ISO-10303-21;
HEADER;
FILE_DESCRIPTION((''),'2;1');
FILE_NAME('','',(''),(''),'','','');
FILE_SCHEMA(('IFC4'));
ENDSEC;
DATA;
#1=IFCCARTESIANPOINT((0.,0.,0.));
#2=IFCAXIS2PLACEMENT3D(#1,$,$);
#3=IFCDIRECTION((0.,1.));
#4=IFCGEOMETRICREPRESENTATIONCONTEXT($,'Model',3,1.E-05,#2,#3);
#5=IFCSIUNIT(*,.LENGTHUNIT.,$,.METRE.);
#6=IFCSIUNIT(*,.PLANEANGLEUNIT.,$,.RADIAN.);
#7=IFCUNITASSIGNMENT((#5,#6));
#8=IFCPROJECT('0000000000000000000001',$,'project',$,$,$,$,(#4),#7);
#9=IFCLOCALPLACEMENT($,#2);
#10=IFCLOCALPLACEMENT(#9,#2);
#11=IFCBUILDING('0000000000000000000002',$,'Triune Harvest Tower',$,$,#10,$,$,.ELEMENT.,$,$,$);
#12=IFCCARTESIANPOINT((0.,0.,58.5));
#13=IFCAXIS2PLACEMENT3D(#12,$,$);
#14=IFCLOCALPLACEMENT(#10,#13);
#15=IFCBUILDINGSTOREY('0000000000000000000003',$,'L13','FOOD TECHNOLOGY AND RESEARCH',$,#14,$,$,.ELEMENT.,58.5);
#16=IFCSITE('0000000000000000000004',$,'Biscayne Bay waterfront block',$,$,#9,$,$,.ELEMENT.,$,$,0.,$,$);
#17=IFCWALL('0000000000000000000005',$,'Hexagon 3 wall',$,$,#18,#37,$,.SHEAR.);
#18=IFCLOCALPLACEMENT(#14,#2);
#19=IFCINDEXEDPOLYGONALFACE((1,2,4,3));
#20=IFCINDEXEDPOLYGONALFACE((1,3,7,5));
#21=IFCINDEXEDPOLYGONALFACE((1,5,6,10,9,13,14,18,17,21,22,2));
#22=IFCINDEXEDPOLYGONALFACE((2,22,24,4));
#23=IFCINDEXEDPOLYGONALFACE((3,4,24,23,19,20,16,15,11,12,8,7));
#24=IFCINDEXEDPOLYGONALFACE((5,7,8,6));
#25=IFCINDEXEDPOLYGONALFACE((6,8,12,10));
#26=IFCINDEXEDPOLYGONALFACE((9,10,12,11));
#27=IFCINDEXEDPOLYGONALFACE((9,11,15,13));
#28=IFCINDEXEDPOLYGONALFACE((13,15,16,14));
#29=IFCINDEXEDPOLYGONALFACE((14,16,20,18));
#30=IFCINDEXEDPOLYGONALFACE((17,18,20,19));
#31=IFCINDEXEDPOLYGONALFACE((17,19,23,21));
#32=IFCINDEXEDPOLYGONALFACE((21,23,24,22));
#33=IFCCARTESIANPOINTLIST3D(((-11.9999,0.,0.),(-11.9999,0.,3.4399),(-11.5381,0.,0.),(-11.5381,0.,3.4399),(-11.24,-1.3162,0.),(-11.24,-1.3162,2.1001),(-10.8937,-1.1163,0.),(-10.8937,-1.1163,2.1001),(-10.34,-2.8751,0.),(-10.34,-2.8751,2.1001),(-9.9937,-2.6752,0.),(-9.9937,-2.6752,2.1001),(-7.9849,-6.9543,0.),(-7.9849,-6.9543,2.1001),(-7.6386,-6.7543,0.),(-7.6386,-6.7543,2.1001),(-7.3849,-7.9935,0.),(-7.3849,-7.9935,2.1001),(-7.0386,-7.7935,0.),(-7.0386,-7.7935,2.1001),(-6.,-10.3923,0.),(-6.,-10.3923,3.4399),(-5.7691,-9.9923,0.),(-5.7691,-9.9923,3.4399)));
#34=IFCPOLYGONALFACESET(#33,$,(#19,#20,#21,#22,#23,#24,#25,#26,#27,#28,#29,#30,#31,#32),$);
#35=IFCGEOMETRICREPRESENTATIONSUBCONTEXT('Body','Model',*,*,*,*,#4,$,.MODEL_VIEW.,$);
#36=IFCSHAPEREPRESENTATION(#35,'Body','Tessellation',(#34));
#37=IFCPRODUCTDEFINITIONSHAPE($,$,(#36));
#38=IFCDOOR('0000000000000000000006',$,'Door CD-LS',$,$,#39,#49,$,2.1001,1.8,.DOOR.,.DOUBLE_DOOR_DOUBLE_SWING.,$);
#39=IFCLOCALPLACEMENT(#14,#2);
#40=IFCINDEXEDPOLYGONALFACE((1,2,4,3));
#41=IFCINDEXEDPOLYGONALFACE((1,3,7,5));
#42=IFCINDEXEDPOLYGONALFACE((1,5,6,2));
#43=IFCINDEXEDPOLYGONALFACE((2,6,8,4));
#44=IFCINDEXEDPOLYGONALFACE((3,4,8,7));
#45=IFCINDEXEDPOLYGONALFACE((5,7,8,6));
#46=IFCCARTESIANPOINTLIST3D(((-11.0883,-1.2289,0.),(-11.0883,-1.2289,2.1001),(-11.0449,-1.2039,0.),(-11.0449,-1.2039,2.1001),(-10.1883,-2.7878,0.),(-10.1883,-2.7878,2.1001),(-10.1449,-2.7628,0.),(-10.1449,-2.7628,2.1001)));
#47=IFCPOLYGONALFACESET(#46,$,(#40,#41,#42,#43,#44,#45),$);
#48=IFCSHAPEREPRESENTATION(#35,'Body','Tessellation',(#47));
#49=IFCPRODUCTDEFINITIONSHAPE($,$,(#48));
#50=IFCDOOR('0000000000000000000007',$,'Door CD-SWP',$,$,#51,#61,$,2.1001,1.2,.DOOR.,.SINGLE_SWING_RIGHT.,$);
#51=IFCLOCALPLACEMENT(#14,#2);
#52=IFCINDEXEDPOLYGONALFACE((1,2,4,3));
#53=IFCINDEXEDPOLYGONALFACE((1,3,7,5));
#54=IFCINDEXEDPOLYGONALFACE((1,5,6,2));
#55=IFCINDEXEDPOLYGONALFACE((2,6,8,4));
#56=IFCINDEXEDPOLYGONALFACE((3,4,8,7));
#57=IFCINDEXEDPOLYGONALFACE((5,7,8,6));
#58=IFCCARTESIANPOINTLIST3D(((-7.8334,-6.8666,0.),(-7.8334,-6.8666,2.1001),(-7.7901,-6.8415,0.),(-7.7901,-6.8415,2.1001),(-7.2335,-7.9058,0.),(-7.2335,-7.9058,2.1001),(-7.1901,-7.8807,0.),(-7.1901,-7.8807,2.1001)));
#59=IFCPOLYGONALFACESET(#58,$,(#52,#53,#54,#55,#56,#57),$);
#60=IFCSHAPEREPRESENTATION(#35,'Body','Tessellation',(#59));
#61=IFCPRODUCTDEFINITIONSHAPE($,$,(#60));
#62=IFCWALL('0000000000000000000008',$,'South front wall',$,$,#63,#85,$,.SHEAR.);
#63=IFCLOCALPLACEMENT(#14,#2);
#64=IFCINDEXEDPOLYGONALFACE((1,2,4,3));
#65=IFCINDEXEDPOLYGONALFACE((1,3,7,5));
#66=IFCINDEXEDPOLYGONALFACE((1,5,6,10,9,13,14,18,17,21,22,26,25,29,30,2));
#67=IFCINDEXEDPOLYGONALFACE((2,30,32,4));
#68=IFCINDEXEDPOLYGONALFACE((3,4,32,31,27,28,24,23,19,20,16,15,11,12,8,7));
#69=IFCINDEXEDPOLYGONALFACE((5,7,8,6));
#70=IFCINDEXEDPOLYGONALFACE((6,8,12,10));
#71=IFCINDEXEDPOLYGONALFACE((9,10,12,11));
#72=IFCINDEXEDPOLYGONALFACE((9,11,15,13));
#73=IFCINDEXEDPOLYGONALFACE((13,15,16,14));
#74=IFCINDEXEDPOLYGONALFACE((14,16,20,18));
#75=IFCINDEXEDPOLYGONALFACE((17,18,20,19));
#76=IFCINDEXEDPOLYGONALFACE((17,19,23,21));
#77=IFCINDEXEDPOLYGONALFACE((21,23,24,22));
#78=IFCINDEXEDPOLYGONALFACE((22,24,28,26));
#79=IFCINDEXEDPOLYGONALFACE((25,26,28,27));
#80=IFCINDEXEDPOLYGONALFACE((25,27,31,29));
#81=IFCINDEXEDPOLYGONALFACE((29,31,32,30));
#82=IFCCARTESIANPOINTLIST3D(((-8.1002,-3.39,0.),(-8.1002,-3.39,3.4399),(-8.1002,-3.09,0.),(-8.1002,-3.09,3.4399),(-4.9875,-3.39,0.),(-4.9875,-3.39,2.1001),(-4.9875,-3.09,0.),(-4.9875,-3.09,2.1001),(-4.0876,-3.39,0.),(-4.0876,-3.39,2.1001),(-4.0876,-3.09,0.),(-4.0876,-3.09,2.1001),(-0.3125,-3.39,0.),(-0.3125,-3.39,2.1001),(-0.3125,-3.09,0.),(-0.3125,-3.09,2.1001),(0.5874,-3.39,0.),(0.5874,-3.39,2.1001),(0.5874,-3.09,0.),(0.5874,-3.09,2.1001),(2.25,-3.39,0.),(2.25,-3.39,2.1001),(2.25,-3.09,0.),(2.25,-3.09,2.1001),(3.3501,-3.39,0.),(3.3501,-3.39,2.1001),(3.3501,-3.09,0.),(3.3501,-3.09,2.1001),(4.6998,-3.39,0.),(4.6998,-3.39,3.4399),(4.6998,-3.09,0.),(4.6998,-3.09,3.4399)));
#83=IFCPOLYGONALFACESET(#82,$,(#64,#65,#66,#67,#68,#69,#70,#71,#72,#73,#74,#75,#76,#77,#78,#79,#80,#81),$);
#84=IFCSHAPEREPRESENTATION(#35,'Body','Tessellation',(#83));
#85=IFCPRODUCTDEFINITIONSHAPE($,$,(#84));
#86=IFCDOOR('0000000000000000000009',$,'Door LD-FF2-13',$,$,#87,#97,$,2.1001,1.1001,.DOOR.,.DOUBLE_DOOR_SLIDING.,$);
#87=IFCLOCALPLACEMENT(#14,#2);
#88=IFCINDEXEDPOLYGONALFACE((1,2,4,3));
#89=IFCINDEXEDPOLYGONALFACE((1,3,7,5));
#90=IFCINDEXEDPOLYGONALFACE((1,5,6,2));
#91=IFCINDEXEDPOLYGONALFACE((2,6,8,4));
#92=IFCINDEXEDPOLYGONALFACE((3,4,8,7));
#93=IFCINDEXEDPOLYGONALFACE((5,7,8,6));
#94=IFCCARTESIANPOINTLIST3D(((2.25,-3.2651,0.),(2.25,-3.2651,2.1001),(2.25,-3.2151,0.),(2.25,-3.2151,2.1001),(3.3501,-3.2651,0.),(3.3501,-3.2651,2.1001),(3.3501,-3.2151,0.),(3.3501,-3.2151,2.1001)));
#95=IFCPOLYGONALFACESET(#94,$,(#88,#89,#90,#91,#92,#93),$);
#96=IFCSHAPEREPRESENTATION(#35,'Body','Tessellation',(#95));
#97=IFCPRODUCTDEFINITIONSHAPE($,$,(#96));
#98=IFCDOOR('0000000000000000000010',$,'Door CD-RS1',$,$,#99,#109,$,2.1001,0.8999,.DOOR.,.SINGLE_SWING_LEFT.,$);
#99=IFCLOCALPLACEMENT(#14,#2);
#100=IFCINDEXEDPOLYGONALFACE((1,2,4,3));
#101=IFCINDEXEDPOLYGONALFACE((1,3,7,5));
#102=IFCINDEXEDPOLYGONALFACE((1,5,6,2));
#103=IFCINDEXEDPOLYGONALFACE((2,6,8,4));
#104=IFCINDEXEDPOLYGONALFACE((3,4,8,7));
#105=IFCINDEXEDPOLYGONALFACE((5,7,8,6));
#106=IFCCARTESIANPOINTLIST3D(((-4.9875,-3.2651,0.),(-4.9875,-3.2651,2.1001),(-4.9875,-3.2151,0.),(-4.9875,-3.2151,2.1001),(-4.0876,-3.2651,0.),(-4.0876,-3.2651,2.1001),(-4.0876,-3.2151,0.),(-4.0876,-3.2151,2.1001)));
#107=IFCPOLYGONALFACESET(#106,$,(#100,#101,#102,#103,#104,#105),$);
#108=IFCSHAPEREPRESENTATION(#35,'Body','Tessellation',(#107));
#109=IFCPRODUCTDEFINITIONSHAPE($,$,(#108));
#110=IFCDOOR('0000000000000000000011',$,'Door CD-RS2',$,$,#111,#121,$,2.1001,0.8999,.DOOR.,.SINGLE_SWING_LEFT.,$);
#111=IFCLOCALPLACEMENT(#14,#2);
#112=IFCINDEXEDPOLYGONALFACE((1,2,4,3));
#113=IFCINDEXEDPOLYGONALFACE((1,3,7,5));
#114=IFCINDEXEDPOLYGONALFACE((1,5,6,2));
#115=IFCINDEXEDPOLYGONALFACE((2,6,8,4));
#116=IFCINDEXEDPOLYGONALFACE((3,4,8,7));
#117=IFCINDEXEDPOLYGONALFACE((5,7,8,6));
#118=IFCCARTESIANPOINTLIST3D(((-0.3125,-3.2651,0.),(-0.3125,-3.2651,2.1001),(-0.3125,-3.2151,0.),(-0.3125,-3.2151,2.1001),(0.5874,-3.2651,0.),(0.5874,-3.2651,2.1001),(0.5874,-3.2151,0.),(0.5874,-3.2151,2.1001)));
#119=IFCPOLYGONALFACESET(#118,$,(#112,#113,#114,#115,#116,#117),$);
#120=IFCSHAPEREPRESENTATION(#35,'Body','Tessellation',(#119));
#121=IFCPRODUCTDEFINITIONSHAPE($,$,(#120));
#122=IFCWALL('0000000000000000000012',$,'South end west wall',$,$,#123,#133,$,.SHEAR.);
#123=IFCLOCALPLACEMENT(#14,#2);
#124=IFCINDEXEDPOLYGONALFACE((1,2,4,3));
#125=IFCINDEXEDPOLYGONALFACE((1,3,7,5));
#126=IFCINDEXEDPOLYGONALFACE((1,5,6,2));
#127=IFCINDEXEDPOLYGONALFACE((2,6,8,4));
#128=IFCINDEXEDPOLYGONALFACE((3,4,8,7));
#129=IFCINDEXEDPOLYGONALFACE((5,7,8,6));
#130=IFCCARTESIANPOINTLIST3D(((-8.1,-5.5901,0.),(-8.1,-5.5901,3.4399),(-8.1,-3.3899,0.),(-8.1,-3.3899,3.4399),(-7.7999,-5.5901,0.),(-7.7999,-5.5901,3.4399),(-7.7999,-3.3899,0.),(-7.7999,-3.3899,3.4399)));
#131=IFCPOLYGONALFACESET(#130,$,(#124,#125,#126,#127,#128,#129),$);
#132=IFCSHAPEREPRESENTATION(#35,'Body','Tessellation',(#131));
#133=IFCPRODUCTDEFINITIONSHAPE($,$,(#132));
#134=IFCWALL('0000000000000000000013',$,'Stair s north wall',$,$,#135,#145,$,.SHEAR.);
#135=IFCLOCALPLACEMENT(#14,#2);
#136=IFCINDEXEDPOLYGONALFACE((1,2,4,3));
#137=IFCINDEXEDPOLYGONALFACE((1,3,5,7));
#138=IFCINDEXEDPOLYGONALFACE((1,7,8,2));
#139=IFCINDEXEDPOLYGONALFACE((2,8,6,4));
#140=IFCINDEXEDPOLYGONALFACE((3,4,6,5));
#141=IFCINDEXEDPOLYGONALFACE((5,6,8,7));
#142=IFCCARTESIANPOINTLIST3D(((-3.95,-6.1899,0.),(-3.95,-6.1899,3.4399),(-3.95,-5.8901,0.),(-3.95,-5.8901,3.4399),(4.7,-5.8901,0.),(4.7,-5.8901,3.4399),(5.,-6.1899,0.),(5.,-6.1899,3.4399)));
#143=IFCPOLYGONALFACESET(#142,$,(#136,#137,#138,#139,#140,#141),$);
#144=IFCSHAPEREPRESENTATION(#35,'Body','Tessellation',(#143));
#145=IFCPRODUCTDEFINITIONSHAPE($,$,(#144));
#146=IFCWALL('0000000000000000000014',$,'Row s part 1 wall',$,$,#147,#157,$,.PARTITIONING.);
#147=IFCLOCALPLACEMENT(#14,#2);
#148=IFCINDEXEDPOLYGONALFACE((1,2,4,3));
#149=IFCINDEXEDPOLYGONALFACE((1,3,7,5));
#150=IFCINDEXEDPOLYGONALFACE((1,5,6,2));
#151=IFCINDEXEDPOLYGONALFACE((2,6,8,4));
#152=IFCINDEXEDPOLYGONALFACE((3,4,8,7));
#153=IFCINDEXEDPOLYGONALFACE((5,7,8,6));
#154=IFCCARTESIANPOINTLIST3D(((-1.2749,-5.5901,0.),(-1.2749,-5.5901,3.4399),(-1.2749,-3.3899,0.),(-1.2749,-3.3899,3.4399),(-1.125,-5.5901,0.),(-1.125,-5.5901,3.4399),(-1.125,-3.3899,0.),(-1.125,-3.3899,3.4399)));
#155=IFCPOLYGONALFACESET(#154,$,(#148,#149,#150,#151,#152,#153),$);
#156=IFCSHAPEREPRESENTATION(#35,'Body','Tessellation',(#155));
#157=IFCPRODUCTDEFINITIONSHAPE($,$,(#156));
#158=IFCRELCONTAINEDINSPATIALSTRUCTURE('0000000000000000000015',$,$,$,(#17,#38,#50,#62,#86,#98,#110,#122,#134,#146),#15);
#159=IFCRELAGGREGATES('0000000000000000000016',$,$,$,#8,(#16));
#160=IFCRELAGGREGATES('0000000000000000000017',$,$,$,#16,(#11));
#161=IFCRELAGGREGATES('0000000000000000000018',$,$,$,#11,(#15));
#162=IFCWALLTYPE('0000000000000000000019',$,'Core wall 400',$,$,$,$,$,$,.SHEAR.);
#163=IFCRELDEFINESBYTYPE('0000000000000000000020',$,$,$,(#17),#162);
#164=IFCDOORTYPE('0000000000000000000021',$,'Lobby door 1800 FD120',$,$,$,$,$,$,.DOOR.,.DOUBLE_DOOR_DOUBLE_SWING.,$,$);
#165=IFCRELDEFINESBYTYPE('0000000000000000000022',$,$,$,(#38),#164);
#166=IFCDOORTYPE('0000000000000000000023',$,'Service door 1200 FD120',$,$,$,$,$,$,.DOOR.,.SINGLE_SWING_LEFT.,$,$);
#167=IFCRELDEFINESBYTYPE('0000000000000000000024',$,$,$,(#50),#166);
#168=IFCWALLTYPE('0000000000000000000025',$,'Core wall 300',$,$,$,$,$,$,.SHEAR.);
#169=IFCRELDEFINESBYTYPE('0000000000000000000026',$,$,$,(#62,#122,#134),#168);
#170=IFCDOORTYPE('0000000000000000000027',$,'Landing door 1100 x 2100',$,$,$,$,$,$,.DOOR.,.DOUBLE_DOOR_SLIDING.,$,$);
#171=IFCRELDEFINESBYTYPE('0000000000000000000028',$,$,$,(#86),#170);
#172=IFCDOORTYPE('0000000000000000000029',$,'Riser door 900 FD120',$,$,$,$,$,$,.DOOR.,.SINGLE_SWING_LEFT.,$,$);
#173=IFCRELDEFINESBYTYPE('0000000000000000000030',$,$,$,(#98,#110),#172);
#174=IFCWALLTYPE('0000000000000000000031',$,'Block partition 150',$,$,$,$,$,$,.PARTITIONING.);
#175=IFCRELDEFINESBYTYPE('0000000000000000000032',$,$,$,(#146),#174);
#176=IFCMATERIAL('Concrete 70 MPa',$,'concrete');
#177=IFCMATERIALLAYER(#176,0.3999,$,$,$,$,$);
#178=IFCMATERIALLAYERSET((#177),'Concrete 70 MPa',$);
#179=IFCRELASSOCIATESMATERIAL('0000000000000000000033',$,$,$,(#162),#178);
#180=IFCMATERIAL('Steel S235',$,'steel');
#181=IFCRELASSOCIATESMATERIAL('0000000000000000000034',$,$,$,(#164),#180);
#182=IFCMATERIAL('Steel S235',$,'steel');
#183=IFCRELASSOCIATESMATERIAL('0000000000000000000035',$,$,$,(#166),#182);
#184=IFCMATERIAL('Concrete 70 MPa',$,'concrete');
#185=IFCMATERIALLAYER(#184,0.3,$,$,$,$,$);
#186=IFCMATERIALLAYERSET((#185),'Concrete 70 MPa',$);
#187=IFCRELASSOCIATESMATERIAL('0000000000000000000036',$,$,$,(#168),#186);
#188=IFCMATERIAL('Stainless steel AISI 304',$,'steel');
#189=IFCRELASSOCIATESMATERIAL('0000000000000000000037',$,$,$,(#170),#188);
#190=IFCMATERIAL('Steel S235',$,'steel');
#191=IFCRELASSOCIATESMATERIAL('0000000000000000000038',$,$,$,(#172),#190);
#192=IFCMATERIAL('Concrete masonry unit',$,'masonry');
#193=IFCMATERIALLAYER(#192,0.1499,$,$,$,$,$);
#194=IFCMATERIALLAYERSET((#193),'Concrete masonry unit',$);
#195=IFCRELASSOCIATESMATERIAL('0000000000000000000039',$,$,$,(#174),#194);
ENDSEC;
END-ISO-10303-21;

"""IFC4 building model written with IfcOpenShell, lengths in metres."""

from ifc_helpers import new_model, si_unit, direction, frame, frame_2d, origin, place, context, subcontext, project, spatial, polyline, rectangle, outline, extrude, source, transform, mapped, material, layer, layer_set, type_object, element, fill, save


model = new_model("IFC4")

# Units and contexts
model_context = context("Model", 3, precision=1e-05, world=origin(), true_north=direction((0.0, 1.0)))
body_context = subcontext(model_context, "Body", "Model", "MODEL_VIEW")
ifc_project = project(units=[si_unit("LENGTHUNIT", "METRE"), si_unit("PLANEANGLEUNIT", "RADIAN")], contexts=[model_context])

# Site, building, storey
site_placement = place(None, origin())
site = spatial("IfcSite", under=ifc_project, at=site_placement, Name="Biscayne Bay waterfront block", CompositionType="ELEMENT", RefElevation=0.0)
building_placement = place(site_placement, origin())
building = spatial("IfcBuilding", under=site, at=building_placement, Name="Triune Harvest Tower", CompositionType="ELEMENT")
storey_placement = place(building_placement, frame((0.0, 0.0, 58.5)))
storey = spatial("IfcBuildingStorey", under=building, at=storey_placement, Name="L13", Description="FOOD TECHNOLOGY AND RESEARCH", CompositionType="ELEMENT", Elevation=58.5)

# Walls, openings, doors
ifc_material_1 = material(Name="Concrete 70 MPa", Category="concrete")
ifc_layer_1 = layer(ifc_material_1, 0.3999)
ifc_layer_set_1 = layer_set([ifc_layer_1], Name="Concrete 70 MPa")
wall_type_1 = type_object("IfcWallType", Name="Core wall 400", PredefinedType="SHEAR", material=ifc_layer_set_1)
shared_shape_1 = source(origin(), body_context, "Body", "SweptSolid", [
    extrude(outline(polyline([(-0.1155, -0.2), (11.8845, -0.2), (11.6536, 0.2), (0.1155, 0.2), (-0.1155, -0.2)])), origin(), (0.0, 0.0, 1.0), 3.4399),
])
wall_1_placement = place(storey_placement, frame((-11.769, 0.0, 0.0), z_axis=(0.0, 0.0, 1.0), x_axis=(0.499997, -0.866027, 0.0)))
wall_1 = element("IfcWall", 1, at=wall_1_placement, inside=storey, type_object=wall_type_1, Name="Hexagon 3 wall", PredefinedType="SHEAR", context=body_context, shape_type="MappedRepresentation", body=[
    mapped(shared_shape_1, transform((0.0, 0.0, 0.0), scale=1.0)),
])
opening_1_placement = place(wall_1_placement, frame((1.4045, 0.0, 0.0)))
opening_1 = element("IfcOpeningElement", 2, at=opening_1_placement, cuts=wall_1, PredefinedType="OPENING", context=body_context, shape_type="SweptSolid", body=[
    extrude(rectangle(XDim=1.8, YDim=2.1001, at=frame_2d((0.8999, 1.05))), frame((0.0, 0.21, 0.0), z_axis=(0.0, -1.0, 0.0), x_axis=(1.0, 0.0, 0.0)), (0.0, 0.0, 1.0), 0.4199),
])
opening_2_placement = place(wall_1_placement, frame((7.9146, 0.0, 0.0)))
opening_2 = element("IfcOpeningElement", 3, at=opening_2_placement, cuts=wall_1, PredefinedType="OPENING", context=body_context, shape_type="SweptSolid", body=[
    extrude(rectangle(XDim=1.2, YDim=2.1001, at=frame_2d((0.6001, 1.05))), frame((0.0, 0.21, 0.0), z_axis=(0.0, -1.0, 0.0), x_axis=(1.0, 0.0, 0.0)), (0.0, 0.0, 1.0), 0.4199),
])
ifc_material_2 = material(Name="Steel S235", Category="steel")
door_type_1 = type_object("IfcDoorType", Name="Lobby door 1800 FD120", OperationType="DOUBLE_DOOR_DOUBLE_SWING", PredefinedType="DOOR", material=ifc_material_2)
door_1_placement = place(opening_1_placement, frame((1.8, 0.0, 0.0), z_axis=(0.0, 0.0, 1.0), x_axis=(-1.0, 0.0, 0.0)))
door_1 = element("IfcDoor", 4, at=door_1_placement, inside=storey, type_object=door_type_1, Name="Door CD-LS", OperationType="DOUBLE_DOOR_DOUBLE_SWING", OverallHeight=2.1001, OverallWidth=1.8, PredefinedType="DOOR", context=body_context, shape_type="SweptSolid", body=[
    extrude(rectangle(XDim=1.8, YDim=2.1001, at=frame_2d((0.8999, 1.05))), frame((0.0, 0.0249, 0.0), z_axis=(0.0, -1.0, 0.0), x_axis=(1.0, 0.0, 0.0)), (0.0, 0.0, 1.0), 0.05),
])
fill(opening_1, door_1)
ifc_material_3 = material(Name="Steel S235", Category="steel")
door_type_2 = type_object("IfcDoorType", Name="Service door 1200 FD120", OperationType="SINGLE_SWING_LEFT", PredefinedType="DOOR", material=ifc_material_3)
door_2_placement = place(opening_2_placement, frame((1.2, 0.0, 0.0), z_axis=(0.0, 0.0, 1.0), x_axis=(-1.0, 0.0, 0.0)))
door_2 = element("IfcDoor", 5, at=door_2_placement, inside=storey, type_object=door_type_2, Name="Door CD-SWP", OperationType="SINGLE_SWING_RIGHT", OverallHeight=2.1001, OverallWidth=1.2, PredefinedType="DOOR", context=body_context, shape_type="SweptSolid", body=[
    extrude(rectangle(XDim=1.2, YDim=2.1001, at=frame_2d((0.6001, 1.05))), frame((0.0, 0.0249, 0.0), z_axis=(0.0, -1.0, 0.0), x_axis=(1.0, 0.0, 0.0)), (0.0, 0.0, 1.0), 0.05),
])
fill(opening_2, door_2)
ifc_material_4 = material(Name="Concrete 70 MPa", Category="concrete")
ifc_layer_2 = layer(ifc_material_4, 0.3)
ifc_layer_set_2 = layer_set([ifc_layer_2], Name="Concrete 70 MPa")
wall_type_2 = type_object("IfcWallType", Name="Core wall 300", PredefinedType="SHEAR", material=ifc_layer_set_2)
shared_shape_2 = source(origin(), body_context, "Body", "SweptSolid", [
    extrude(rectangle(XDim=12.8, YDim=0.3, at=frame_2d((6.3999, 0.0))), origin(), (0.0, 0.0, 1.0), 3.4399),
])
wall_2_placement = place(storey_placement, frame((-8.1001, -3.24, 0.0), z_axis=(0.0, 0.0, 1.0), x_axis=(1.0, 0.0, 0.0)))
wall_2 = element("IfcWall", 6, at=wall_2_placement, inside=storey, type_object=wall_type_2, Name="South front wall", PredefinedType="SHEAR", context=body_context, shape_type="MappedRepresentation", body=[
    mapped(shared_shape_2, transform((0.0, 0.0, 0.0), scale=1.0)),
])
opening_3_placement = place(wall_2_placement, frame((3.1125, 0.0, 0.0)))
opening_3 = element("IfcOpeningElement", 7, at=opening_3_placement, cuts=wall_2, PredefinedType="OPENING", context=body_context, shape_type="SweptSolid", body=[
    extrude(rectangle(XDim=0.8999, YDim=2.1001, at=frame_2d((0.45, 1.05))), frame((0.0, 0.1602, 0.0), z_axis=(0.0, -1.0, 0.0), x_axis=(1.0, 0.0, 0.0)), (0.0, 0.0, 1.0), 0.3201),
])
opening_4_placement = place(wall_2_placement, frame((7.7876, 0.0, 0.0)))
opening_4 = element("IfcOpeningElement", 8, at=opening_4_placement, cuts=wall_2, PredefinedType="OPENING", context=body_context, shape_type="SweptSolid", body=[
    extrude(rectangle(XDim=0.8999, YDim=2.1001, at=frame_2d((0.45, 1.05))), frame((0.0, 0.1602, 0.0), z_axis=(0.0, -1.0, 0.0), x_axis=(1.0, 0.0, 0.0)), (0.0, 0.0, 1.0), 0.3201),
])
opening_5_placement = place(wall_2_placement, frame((10.3501, 0.0, 0.0)))
opening_5 = element("IfcOpeningElement", 9, at=opening_5_placement, cuts=wall_2, PredefinedType="OPENING", context=body_context, shape_type="SweptSolid", body=[
    extrude(rectangle(XDim=1.1001, YDim=2.1001, at=frame_2d((0.55, 1.05))), frame((0.0, 0.1602, 0.0), z_axis=(0.0, -1.0, 0.0), x_axis=(1.0, 0.0, 0.0)), (0.0, 0.0, 1.0), 0.3201),
])
ifc_material_5 = material(Name="Stainless steel AISI 304", Category="steel")
door_type_3 = type_object("IfcDoorType", Name="Landing door 1100 x 2100", OperationType="DOUBLE_DOOR_SLIDING", PredefinedType="DOOR", material=ifc_material_5)
door_3_placement = place(opening_5_placement, origin())
door_3 = element("IfcDoor", 10, at=door_3_placement, inside=storey, type_object=door_type_3, Name="Door LD-FF2-13", OperationType="DOUBLE_DOOR_SLIDING", OverallHeight=2.1001, OverallWidth=1.1001, PredefinedType="DOOR", context=body_context, shape_type="SweptSolid", body=[
    extrude(rectangle(XDim=1.1001, YDim=2.1001, at=frame_2d((0.55, 1.05))), frame((0.0, 0.0249, 0.0), z_axis=(0.0, -1.0, 0.0), x_axis=(1.0, 0.0, 0.0)), (0.0, 0.0, 1.0), 0.05),
])
fill(opening_5, door_3)
ifc_material_6 = material(Name="Steel S235", Category="steel")
door_type_4 = type_object("IfcDoorType", Name="Riser door 900 FD120", OperationType="SINGLE_SWING_LEFT", PredefinedType="DOOR", material=ifc_material_6)
door_4_placement = place(opening_3_placement, origin())
door_4 = element("IfcDoor", 11, at=door_4_placement, inside=storey, type_object=door_type_4, Name="Door CD-RS1", OperationType="SINGLE_SWING_LEFT", OverallHeight=2.1001, OverallWidth=0.8999, PredefinedType="DOOR", context=body_context, shape_type="SweptSolid", body=[
    extrude(rectangle(XDim=0.8999, YDim=2.1001, at=frame_2d((0.45, 1.05))), frame((0.0, 0.0249, 0.0), z_axis=(0.0, -1.0, 0.0), x_axis=(1.0, 0.0, 0.0)), (0.0, 0.0, 1.0), 0.05),
])
fill(opening_3, door_4)
door_5_placement = place(opening_4_placement, origin())
door_5 = element("IfcDoor", 12, at=door_5_placement, inside=storey, type_object=door_type_4, Name="Door CD-RS2", OperationType="SINGLE_SWING_LEFT", OverallHeight=2.1001, OverallWidth=0.8999, PredefinedType="DOOR", context=body_context, shape_type="SweptSolid", body=[
    extrude(rectangle(XDim=0.8999, YDim=2.1001, at=frame_2d((0.45, 1.05))), frame((0.0, 0.0249, 0.0), z_axis=(0.0, -1.0, 0.0), x_axis=(1.0, 0.0, 0.0)), (0.0, 0.0, 1.0), 0.05),
])
fill(opening_4, door_5)

# Walls
shared_shape_3 = source(origin(), body_context, "Body", "SweptSolid", [
    extrude(rectangle(XDim=2.2002, YDim=0.3, at=frame_2d((1.1001, 0.0))), origin(), (0.0, 0.0, 1.0), 3.4399),
])
wall_3_placement = place(storey_placement, frame((-7.95, -5.5901, 0.0), z_axis=(0.0, 0.0, 1.0), x_axis=(0.0, 1.0, 0.0)))
element("IfcWall", 13, at=wall_3_placement, inside=storey, type_object=wall_type_2, Name="South end west wall", PredefinedType="SHEAR", context=body_context, shape_type="MappedRepresentation", body=[
    mapped(shared_shape_3, transform((0.0, 0.0, 0.0), scale=1.0)),
])
shared_shape_4 = source(origin(), body_context, "Body", "SweptSolid", [
    extrude(outline(polyline([(0.0, -0.1499), (8.95, -0.1499), (8.6499, 0.1499), (0.0, 0.1499), (0.0, -0.1499)])), origin(), (0.0, 0.0, 1.0), 3.4399),
])
wall_4_placement = place(storey_placement, frame((-3.95, -6.04, 0.0), z_axis=(0.0, 0.0, 1.0), x_axis=(1.0, 0.0, 0.0)))
element("IfcWall", 14, at=wall_4_placement, inside=storey, type_object=wall_type_2, Name="Stair s north wall", PredefinedType="SHEAR", context=body_context, shape_type="MappedRepresentation", body=[
    mapped(shared_shape_4, transform((0.0, 0.0, 0.0), scale=1.0)),
])
ifc_material_7 = material(Name="Concrete masonry unit", Category="masonry")
ifc_layer_3 = layer(ifc_material_7, 0.1499)
ifc_layer_set_3 = layer_set([ifc_layer_3], Name="Concrete masonry unit")
wall_type_3 = type_object("IfcWallType", Name="Block partition 150", PredefinedType="PARTITIONING", material=ifc_layer_set_3)
shared_shape_5 = source(origin(), body_context, "Body", "SweptSolid", [
    extrude(rectangle(XDim=2.2002, YDim=0.1499, at=frame_2d((1.1001, 0.0))), origin(), (0.0, 0.0, 1.0), 3.4399),
])
wall_5_placement = place(storey_placement, frame((-1.2, -5.5901, 0.0), z_axis=(0.0, 0.0, 1.0), x_axis=(0.0, 1.0, 0.0)))
element("IfcWall", 15, at=wall_5_placement, inside=storey, type_object=wall_type_3, Name="Row s part 1 wall", PredefinedType="PARTITIONING", context=body_context, shape_type="MappedRepresentation", body=[
    mapped(shared_shape_5, transform((0.0, 0.0, 0.0), scale=1.0)),
])

save(model, "model.ifc")
